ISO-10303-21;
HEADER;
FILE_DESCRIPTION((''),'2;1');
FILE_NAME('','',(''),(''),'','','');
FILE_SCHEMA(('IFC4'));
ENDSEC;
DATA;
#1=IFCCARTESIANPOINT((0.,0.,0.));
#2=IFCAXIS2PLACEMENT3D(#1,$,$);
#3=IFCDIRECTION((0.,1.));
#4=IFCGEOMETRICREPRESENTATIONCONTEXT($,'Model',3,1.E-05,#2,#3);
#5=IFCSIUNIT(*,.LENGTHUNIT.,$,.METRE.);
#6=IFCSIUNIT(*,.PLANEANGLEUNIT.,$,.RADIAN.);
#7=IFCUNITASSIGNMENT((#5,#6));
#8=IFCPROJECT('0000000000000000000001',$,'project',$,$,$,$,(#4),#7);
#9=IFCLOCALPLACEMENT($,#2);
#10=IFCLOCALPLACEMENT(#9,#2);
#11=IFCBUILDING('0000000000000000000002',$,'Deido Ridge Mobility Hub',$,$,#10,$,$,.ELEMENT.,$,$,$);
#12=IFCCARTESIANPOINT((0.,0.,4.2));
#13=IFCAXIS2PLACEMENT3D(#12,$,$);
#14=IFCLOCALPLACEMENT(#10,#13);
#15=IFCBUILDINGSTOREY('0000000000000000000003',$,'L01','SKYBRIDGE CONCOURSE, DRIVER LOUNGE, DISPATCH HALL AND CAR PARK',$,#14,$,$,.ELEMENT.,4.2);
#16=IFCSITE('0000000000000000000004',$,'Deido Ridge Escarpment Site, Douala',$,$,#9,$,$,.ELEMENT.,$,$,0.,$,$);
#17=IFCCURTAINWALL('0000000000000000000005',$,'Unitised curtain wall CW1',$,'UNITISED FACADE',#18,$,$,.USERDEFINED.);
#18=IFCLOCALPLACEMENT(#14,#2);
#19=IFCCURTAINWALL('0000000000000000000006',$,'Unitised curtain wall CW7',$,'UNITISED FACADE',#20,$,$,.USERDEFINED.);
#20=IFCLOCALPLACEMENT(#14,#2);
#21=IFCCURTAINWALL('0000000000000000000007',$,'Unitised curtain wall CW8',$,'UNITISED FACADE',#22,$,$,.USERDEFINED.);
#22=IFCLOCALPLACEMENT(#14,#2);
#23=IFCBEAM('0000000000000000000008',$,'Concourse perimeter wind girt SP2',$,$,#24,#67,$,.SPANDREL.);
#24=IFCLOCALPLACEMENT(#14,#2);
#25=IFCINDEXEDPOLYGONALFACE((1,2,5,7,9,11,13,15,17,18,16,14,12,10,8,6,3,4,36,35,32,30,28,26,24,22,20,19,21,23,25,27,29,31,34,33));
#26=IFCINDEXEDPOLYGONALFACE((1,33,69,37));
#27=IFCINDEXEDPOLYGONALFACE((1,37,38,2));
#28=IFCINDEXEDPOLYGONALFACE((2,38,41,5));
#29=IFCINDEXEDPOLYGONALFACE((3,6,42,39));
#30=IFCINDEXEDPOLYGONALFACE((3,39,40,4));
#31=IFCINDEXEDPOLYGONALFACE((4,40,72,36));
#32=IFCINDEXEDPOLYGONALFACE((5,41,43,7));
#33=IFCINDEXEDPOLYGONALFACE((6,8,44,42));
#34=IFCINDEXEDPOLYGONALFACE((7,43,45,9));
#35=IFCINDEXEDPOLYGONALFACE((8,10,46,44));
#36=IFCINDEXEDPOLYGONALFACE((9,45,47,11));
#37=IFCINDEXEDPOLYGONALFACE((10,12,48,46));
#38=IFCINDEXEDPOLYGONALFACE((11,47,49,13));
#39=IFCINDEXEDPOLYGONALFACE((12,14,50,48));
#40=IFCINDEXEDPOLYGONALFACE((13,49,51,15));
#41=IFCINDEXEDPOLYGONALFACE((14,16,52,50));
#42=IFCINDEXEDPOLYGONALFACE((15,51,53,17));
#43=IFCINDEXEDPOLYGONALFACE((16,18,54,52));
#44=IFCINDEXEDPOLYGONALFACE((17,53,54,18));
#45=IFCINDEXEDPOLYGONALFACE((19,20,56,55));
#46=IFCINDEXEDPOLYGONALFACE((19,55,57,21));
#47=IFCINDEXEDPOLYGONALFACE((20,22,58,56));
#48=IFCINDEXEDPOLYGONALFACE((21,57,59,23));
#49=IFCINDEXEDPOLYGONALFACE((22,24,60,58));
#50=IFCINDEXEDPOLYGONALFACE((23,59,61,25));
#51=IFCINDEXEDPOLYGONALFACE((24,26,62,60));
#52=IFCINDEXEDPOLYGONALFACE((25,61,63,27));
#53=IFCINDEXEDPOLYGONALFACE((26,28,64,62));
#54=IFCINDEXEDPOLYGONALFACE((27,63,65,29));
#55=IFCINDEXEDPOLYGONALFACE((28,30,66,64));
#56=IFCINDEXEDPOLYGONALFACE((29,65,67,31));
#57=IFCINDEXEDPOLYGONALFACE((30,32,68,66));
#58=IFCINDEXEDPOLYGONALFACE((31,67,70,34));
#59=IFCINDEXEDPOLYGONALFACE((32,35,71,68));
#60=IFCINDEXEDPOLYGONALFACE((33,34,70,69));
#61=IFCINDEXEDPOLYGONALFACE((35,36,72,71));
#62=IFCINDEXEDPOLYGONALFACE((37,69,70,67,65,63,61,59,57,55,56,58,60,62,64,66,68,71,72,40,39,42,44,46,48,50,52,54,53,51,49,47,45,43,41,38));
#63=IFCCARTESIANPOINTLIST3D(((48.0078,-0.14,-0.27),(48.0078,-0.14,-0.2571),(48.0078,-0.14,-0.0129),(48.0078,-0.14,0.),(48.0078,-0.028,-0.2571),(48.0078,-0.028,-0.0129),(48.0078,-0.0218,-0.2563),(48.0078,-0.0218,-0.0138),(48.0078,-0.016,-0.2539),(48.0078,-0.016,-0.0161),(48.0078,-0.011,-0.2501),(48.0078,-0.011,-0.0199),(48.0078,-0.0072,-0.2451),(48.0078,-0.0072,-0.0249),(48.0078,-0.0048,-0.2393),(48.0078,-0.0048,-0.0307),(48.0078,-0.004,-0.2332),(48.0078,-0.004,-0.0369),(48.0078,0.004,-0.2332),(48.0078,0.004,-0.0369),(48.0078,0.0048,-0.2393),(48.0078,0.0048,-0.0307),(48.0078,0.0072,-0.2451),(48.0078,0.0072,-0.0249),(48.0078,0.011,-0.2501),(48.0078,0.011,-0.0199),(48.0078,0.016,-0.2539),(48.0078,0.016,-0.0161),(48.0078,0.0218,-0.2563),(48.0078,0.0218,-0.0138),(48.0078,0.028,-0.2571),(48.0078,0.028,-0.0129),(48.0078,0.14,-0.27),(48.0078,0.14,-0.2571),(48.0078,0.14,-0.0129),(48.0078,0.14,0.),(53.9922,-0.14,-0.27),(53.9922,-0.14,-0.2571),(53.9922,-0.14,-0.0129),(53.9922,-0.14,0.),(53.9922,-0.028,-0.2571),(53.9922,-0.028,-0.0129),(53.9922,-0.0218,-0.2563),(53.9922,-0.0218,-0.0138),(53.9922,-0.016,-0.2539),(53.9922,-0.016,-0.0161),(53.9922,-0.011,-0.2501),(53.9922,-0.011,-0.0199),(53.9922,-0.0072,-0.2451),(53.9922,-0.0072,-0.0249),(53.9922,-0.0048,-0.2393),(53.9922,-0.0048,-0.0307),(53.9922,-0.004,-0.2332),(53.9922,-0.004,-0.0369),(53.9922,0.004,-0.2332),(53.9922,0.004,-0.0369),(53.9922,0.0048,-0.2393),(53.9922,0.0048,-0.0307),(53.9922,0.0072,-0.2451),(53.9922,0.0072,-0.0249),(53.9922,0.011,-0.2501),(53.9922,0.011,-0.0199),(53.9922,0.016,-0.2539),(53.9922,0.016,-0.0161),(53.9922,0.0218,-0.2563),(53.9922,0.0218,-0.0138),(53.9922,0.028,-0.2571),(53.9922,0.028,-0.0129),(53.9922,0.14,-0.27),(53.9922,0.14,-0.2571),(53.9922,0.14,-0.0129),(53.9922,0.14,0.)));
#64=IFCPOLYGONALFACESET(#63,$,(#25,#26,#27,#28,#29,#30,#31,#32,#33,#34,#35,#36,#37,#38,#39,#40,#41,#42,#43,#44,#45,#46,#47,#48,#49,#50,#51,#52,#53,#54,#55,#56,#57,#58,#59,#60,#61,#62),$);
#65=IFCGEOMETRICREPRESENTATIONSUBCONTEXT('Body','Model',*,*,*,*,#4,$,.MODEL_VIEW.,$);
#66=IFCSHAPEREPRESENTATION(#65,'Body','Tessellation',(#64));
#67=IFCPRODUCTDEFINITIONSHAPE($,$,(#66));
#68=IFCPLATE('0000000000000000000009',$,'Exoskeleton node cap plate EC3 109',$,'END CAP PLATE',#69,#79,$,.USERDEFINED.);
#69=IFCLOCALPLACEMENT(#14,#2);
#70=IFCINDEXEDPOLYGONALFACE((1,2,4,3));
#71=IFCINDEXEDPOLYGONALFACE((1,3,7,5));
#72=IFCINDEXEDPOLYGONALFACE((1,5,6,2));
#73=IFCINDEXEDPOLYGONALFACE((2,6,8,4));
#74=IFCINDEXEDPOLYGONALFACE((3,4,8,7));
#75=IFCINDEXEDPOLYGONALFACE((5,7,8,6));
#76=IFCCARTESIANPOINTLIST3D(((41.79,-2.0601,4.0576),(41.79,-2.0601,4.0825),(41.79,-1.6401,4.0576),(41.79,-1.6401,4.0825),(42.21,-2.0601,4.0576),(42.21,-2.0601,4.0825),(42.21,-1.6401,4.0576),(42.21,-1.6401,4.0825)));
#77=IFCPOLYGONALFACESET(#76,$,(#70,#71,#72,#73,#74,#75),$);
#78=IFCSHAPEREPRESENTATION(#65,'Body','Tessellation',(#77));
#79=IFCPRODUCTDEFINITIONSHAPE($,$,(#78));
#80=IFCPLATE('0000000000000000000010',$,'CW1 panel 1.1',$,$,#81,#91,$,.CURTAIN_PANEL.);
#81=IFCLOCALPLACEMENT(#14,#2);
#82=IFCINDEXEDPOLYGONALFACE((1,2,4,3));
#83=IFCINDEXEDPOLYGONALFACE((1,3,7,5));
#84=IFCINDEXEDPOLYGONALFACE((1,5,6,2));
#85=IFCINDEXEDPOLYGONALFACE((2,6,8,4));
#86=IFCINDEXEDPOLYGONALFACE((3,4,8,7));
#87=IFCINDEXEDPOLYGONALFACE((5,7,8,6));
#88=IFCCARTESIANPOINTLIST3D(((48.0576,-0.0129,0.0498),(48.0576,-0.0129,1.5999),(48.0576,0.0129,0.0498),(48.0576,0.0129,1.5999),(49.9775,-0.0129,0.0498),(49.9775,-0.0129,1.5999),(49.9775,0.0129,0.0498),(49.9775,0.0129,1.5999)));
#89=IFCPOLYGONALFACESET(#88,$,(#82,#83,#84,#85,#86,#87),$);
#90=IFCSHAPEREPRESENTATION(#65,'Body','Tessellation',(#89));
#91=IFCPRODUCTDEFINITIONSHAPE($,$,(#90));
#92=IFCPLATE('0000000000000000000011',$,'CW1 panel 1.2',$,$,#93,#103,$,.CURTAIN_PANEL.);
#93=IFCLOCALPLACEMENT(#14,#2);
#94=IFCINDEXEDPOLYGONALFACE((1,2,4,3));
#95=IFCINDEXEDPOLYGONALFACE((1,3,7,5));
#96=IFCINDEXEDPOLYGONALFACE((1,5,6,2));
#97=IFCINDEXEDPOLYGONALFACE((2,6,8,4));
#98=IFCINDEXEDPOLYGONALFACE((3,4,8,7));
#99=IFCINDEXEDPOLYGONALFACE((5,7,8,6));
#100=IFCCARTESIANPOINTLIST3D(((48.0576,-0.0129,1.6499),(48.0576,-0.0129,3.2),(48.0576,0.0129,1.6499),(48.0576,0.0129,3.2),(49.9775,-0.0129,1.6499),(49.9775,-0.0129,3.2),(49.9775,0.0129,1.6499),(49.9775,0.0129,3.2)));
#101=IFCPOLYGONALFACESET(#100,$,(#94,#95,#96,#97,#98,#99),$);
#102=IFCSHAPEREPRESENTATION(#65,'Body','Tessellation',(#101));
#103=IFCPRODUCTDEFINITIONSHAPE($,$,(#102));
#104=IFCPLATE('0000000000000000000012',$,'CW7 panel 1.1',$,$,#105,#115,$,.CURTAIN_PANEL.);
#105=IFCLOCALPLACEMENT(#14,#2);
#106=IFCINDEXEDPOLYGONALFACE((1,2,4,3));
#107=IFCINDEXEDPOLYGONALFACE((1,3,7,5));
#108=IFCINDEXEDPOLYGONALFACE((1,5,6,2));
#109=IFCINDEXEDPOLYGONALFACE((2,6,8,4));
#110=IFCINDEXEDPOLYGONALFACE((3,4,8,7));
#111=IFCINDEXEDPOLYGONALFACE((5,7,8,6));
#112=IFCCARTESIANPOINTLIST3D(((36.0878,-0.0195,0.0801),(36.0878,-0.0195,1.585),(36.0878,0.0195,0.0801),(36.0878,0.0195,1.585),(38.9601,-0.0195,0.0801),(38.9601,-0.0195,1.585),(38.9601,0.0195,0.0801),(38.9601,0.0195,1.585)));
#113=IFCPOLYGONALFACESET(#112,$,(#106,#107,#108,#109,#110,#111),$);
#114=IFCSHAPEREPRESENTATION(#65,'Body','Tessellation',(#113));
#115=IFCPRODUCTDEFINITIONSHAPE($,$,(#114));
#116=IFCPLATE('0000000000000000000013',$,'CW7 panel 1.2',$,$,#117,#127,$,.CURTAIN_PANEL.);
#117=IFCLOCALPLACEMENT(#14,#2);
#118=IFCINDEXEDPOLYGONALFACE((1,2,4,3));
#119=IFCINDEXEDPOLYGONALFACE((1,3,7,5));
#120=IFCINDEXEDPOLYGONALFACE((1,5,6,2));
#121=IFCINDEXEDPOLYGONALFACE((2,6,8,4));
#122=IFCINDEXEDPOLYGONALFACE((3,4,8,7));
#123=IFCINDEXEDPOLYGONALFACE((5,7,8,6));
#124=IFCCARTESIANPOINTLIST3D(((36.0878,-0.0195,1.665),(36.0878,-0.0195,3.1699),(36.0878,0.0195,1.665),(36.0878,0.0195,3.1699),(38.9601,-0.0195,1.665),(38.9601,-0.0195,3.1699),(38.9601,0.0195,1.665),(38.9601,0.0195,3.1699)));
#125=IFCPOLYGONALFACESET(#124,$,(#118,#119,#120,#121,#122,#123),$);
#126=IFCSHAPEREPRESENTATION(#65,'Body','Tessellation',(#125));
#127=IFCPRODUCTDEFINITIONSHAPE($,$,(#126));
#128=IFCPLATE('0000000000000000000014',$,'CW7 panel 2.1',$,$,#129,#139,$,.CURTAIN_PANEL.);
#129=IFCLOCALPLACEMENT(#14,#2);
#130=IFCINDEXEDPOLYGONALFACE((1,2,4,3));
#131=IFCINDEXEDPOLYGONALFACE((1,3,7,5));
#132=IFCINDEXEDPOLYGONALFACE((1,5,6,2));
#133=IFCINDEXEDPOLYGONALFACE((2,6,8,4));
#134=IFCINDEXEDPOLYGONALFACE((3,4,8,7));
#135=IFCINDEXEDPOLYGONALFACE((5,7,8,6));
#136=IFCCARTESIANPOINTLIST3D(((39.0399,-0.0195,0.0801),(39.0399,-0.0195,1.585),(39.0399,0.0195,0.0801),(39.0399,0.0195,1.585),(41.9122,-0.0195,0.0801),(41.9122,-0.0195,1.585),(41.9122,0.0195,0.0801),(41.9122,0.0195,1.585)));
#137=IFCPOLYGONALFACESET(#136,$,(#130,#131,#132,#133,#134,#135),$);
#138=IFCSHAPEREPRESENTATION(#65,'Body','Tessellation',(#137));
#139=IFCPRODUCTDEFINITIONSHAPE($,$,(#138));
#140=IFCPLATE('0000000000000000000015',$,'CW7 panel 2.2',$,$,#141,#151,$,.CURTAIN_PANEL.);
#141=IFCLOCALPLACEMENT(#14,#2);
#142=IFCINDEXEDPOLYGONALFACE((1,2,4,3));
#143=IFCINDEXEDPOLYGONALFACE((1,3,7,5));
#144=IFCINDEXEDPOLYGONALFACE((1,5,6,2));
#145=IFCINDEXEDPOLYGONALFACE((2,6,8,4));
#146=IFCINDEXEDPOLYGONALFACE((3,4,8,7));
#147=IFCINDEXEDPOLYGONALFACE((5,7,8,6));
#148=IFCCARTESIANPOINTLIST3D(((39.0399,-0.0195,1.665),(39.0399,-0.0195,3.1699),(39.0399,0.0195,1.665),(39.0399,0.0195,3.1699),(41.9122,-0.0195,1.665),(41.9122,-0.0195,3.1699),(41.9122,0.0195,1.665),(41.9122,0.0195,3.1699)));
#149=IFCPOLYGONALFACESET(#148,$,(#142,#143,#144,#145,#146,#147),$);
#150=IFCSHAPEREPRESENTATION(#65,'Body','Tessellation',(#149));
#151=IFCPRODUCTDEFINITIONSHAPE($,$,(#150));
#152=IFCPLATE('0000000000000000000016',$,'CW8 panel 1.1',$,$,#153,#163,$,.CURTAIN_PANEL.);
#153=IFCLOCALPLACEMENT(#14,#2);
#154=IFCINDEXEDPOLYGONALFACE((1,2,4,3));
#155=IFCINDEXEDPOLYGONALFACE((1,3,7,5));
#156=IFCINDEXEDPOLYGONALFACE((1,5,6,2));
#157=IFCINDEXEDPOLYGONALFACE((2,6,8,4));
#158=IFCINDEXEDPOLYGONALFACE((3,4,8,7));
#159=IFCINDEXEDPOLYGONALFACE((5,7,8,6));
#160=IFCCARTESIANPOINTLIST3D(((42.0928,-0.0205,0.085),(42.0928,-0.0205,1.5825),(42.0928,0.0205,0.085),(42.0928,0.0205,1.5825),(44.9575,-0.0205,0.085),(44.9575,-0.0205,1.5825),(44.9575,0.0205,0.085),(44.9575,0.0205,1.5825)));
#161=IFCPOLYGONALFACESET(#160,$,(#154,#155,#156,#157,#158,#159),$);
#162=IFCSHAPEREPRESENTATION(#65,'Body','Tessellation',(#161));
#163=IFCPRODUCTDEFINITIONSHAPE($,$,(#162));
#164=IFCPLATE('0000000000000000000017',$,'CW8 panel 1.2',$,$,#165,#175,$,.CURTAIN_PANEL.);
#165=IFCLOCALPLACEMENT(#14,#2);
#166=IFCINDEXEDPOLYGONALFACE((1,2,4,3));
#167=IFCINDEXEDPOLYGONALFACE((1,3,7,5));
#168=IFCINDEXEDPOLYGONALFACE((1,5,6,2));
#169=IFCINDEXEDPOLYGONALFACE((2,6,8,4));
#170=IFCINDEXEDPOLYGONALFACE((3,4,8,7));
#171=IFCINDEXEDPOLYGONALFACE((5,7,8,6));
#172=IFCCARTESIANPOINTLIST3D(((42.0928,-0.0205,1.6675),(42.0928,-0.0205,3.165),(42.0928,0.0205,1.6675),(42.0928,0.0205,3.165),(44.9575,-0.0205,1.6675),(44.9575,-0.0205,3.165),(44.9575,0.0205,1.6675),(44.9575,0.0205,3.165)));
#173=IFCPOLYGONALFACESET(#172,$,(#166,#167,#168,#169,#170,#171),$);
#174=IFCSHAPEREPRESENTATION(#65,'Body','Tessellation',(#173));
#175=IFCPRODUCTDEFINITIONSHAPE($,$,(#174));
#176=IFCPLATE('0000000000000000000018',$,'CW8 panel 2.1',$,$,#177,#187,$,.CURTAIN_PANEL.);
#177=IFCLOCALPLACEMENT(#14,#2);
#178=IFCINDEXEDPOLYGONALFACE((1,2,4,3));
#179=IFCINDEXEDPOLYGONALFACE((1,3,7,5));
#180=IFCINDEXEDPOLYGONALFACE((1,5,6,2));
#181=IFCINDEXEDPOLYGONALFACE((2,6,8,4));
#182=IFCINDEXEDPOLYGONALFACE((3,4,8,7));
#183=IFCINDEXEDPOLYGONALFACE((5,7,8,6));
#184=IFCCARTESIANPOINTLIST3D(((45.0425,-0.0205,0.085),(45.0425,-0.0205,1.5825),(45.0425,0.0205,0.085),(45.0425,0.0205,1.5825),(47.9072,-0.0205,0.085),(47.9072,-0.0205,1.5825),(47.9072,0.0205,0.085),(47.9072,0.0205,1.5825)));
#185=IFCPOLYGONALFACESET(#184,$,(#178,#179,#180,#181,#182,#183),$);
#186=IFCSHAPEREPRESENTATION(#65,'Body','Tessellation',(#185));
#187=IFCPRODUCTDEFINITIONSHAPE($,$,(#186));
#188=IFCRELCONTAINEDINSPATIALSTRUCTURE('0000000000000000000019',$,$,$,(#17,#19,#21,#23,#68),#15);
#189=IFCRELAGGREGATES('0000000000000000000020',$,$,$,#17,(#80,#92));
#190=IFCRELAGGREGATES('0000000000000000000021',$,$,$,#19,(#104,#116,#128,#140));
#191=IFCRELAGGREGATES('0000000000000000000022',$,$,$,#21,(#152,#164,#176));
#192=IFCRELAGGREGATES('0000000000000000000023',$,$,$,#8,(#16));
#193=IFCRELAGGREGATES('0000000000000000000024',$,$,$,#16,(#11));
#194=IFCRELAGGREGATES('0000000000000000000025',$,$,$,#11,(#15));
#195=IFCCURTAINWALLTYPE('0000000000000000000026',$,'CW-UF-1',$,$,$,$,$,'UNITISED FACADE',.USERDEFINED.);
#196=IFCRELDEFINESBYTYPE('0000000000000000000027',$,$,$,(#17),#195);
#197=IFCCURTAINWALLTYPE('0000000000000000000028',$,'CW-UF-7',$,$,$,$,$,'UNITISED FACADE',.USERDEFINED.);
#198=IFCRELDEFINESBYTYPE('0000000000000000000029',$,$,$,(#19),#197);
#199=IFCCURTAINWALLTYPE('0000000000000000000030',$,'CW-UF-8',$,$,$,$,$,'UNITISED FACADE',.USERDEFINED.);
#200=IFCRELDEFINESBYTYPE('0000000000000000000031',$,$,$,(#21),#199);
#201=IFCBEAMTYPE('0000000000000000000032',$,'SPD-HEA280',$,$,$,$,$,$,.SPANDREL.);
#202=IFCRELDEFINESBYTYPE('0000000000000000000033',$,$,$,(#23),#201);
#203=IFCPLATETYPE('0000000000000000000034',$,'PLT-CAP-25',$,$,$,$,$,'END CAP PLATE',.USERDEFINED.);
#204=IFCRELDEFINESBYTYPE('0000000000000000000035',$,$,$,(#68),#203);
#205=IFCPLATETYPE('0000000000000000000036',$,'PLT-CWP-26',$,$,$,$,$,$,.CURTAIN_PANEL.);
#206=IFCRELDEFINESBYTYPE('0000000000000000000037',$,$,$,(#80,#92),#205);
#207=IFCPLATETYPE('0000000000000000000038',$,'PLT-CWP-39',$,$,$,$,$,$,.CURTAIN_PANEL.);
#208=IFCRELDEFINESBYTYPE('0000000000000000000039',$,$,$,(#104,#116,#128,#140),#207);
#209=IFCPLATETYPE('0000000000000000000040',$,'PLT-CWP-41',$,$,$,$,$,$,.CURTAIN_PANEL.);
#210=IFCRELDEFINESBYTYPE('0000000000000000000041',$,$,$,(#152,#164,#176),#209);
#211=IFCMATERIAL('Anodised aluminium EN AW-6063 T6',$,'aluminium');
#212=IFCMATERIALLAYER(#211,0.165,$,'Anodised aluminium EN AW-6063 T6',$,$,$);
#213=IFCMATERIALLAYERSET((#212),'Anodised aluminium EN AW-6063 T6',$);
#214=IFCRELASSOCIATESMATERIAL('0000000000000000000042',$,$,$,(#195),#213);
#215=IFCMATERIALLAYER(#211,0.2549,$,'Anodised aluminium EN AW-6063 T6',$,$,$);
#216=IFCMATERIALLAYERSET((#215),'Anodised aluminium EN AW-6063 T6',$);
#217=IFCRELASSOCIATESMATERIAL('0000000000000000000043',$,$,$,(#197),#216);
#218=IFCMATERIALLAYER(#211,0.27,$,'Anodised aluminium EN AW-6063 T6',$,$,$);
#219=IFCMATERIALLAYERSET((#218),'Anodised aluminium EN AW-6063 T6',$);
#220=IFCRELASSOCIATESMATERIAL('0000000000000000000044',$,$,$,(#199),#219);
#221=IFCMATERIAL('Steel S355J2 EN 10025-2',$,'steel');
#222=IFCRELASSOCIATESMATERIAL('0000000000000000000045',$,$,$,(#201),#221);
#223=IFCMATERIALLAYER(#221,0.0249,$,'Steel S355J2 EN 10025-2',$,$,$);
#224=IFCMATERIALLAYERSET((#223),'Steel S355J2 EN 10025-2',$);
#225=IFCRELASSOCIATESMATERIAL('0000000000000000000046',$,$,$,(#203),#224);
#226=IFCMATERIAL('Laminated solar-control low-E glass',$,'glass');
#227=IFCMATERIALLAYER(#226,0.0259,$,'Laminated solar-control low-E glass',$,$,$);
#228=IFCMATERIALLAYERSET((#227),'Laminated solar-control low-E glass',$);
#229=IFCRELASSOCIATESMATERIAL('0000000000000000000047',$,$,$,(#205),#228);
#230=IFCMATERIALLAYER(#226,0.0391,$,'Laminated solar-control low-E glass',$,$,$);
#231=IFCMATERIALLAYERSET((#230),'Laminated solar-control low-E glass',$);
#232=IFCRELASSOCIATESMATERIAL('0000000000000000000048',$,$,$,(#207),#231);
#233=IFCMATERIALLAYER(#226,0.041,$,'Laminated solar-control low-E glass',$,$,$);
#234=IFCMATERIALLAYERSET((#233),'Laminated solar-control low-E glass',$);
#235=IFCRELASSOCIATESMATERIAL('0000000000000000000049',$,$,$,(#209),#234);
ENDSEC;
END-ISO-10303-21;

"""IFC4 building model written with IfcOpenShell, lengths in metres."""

from ifc_helpers import new_model, si_unit, direction, frame, origin, origin_2d, place, context, subcontext, project, spatial, rectangle, i_section, extrude, material, layer, layer_set, material_profile, profile_set, type_object, element, aggregate, save


model = new_model("IFC4")

# Units and contexts
model_context = context("Model", 3, precision=1e-05, world=origin(), true_north=direction((0.0, 1.0)))
body_context = subcontext(model_context, "Body", "Model", "MODEL_VIEW")
ifc_project = project(units=[si_unit("LENGTHUNIT", "METRE"), si_unit("PLANEANGLEUNIT", "RADIAN")], contexts=[model_context])

# Site, building, storey
site_placement = place(None, origin())
site = spatial("IfcSite", under=ifc_project, at=site_placement, Name="Deido Ridge Escarpment Site, Douala", CompositionType="ELEMENT", RefElevation=0.0)
building_placement = place(site_placement, origin())
building = spatial("IfcBuilding", under=site, at=building_placement, Name="Deido Ridge Mobility Hub", CompositionType="ELEMENT")
storey_placement = place(building_placement, frame((0.0, 0.0, 4.2)))
storey = spatial("IfcBuildingStorey", under=building, at=storey_placement, Name="L01", Description="SKYBRIDGE CONCOURSE, DRIVER LOUNGE, DISPATCH HALL AND CAR PARK", CompositionType="ELEMENT", Elevation=4.2)

# Shared definitions
ifc_material_1 = material(Name="Steel S355J2 EN 10025-2", Category="steel")

# Curtain walls
ifc_material_2 = material(Name="Anodised aluminium EN AW-6063 T6", Category="aluminium")
ifc_layer_1 = layer(ifc_material_2, 0.165, Name="Anodised aluminium EN AW-6063 T6")
ifc_layer_set_1 = layer_set([ifc_layer_1], Name="Anodised aluminium EN AW-6063 T6")
curtain_wall_type_1 = type_object("IfcCurtainWallType", Name="CW-UF-1", ElementType="UNITISED FACADE", PredefinedType="USERDEFINED", material=ifc_layer_set_1)
curtain_wall_1_placement = place(storey_placement, origin())
curtain_wall_1 = element("IfcCurtainWall", 1, at=curtain_wall_1_placement, inside=storey, type_object=curtain_wall_type_1, Name="Unitised curtain wall CW1", ObjectType="UNITISED FACADE", PredefinedType="USERDEFINED")
ifc_layer_2 = layer(ifc_material_2, 0.2549, Name="Anodised aluminium EN AW-6063 T6")
ifc_layer_set_2 = layer_set([ifc_layer_2], Name="Anodised aluminium EN AW-6063 T6")
curtain_wall_type_2 = type_object("IfcCurtainWallType", Name="CW-UF-7", ElementType="UNITISED FACADE", PredefinedType="USERDEFINED", material=ifc_layer_set_2)
curtain_wall_2_placement = place(storey_placement, origin())
curtain_wall_2 = element("IfcCurtainWall", 2, at=curtain_wall_2_placement, inside=storey, type_object=curtain_wall_type_2, Name="Unitised curtain wall CW7", ObjectType="UNITISED FACADE", PredefinedType="USERDEFINED")
ifc_layer_3 = layer(ifc_material_2, 0.27, Name="Anodised aluminium EN AW-6063 T6")
ifc_layer_set_3 = layer_set([ifc_layer_3], Name="Anodised aluminium EN AW-6063 T6")
curtain_wall_type_3 = type_object("IfcCurtainWallType", Name="CW-UF-8", ElementType="UNITISED FACADE", PredefinedType="USERDEFINED", material=ifc_layer_set_3)
curtain_wall_3_placement = place(storey_placement, origin())
curtain_wall_3 = element("IfcCurtainWall", 3, at=curtain_wall_3_placement, inside=storey, type_object=curtain_wall_type_3, Name="Unitised curtain wall CW8", ObjectType="UNITISED FACADE", PredefinedType="USERDEFINED")

# Beam
ifc_material_profile_1 = material_profile(ifc_material_1, i_section(OverallWidth=0.28, OverallDepth=0.27, WebThickness=0.0081, FlangeThickness=0.0129, FilletRadius=0.0239, at=origin_2d()), Name="HEA 280")
ifc_profile_set_1 = profile_set([ifc_material_profile_1], Name="Steel S355J2 EN 10025-2")
beam_type = type_object("IfcBeamType", Name="SPD-HEA280", PredefinedType="SPANDREL", material=ifc_profile_set_1)
for number, where, z_axis, x_axis, name in (
    (4, (48.0078, 0.0, -0.135), (1.0, 0.0, 0.0), (0.0, 1.0, 0.0), "Concourse perimeter wind girt SP2"),
):
    element("IfcBeam", number, at=place(storey_placement, frame(where, z_axis=z_axis, x_axis=x_axis)), inside=storey, type_object=beam_type, Name=name, PredefinedType="SPANDREL", context=body_context, shape_type="SweptSolid", body=[
        extrude(i_section(OverallWidth=0.28, OverallDepth=0.27, WebThickness=0.0081, FlangeThickness=0.0129, FilletRadius=0.0239, at=origin_2d()), origin(), (0.0, 0.0, 1.0), 5.9844),
    ])

# Plates
ifc_layer_4 = layer(ifc_material_1, 0.0249, Name="Steel S355J2 EN 10025-2")
ifc_layer_set_4 = layer_set([ifc_layer_4], Name="Steel S355J2 EN 10025-2")
plate_type_1 = type_object("IfcPlateType", Name="PLT-CAP-25", ElementType="END CAP PLATE", PredefinedType="USERDEFINED", material=ifc_layer_set_4)
plate_1_placement = place(storey_placement, frame((42.0, -1.8501, 4.0576), z_axis=(0.0, 0.0, 1.0), x_axis=(1.0, 0.0, 0.0)))
element("IfcPlate", 5, at=plate_1_placement, inside=storey, type_object=plate_type_1, Name="Exoskeleton node cap plate EC3 109", ObjectType="END CAP PLATE", PredefinedType="USERDEFINED", context=body_context, shape_type="SweptSolid", body=[
    extrude(rectangle(XDim=0.4199, YDim=0.4199, at=origin_2d()), origin(), (0.0, 0.0, 1.0), 0.0249),
])
ifc_material_3 = material(Name="Laminated solar-control low-E glass", Category="glass")
ifc_layer_5 = layer(ifc_material_3, 0.0259, Name="Laminated solar-control low-E glass")
ifc_layer_set_5 = layer_set([ifc_layer_5], Name="Laminated solar-control low-E glass")
plate_type_2 = type_object("IfcPlateType", Name="PLT-CWP-26", PredefinedType="CURTAIN_PANEL", material=ifc_layer_set_5)
plate_2_placement = place(storey_placement, frame((49.0176, 0.0, 0.0498), z_axis=(0.0, 0.0, 1.0), x_axis=(1.0, 0.0, 0.0)))
plate_2 = element("IfcPlate", 6, at=plate_2_placement, type_object=plate_type_2, Name="CW1 panel 1.1", PredefinedType="CURTAIN_PANEL", context=body_context, shape_type="SweptSolid", body=[
    extrude(rectangle(XDim=1.9199, YDim=0.0259, at=origin_2d()), origin(), (0.0, 0.0, 1.0), 1.55),
])
plate_3_placement = place(storey_placement, frame((49.0176, 0.0, 1.6499), z_axis=(0.0, 0.0, 1.0), x_axis=(1.0, 0.0, 0.0)))
plate_3 = element("IfcPlate", 7, at=plate_3_placement, type_object=plate_type_2, Name="CW1 panel 1.2", PredefinedType="CURTAIN_PANEL", context=body_context, shape_type="SweptSolid", body=[
    extrude(rectangle(XDim=1.9199, YDim=0.0259, at=origin_2d()), origin(), (0.0, 0.0, 1.0), 1.55),
])
aggregate(curtain_wall_1, [plate_2, plate_3])
ifc_layer_6 = layer(ifc_material_3, 0.0391, Name="Laminated solar-control low-E glass")
ifc_layer_set_6 = layer_set([ifc_layer_6], Name="Laminated solar-control low-E glass")
plate_type_3 = type_object("IfcPlateType", Name="PLT-CWP-39", PredefinedType="CURTAIN_PANEL", material=ifc_layer_set_6)
plate_4_placement = place(storey_placement, frame((37.5239, 0.0, 0.0801), z_axis=(0.0, 0.0, 1.0), x_axis=(1.0, 0.0, 0.0)))
plate_4 = element("IfcPlate", 8, at=plate_4_placement, type_object=plate_type_3, Name="CW7 panel 1.1", PredefinedType="CURTAIN_PANEL", context=body_context, shape_type="SweptSolid", body=[
    extrude(rectangle(XDim=2.8723, YDim=0.0391, at=origin_2d()), origin(), (0.0, 0.0, 1.0), 1.5049),
])
plate_5_placement = place(storey_placement, frame((37.5239, 0.0, 1.665), z_axis=(0.0, 0.0, 1.0), x_axis=(1.0, 0.0, 0.0)))
plate_5 = element("IfcPlate", 9, at=plate_5_placement, type_object=plate_type_3, Name="CW7 panel 1.2", PredefinedType="CURTAIN_PANEL", context=body_context, shape_type="SweptSolid", body=[
    extrude(rectangle(XDim=2.8723, YDim=0.0391, at=origin_2d()), origin(), (0.0, 0.0, 1.0), 1.5049),
])
plate_6_placement = place(storey_placement, frame((40.4761, 0.0, 0.0801), z_axis=(0.0, 0.0, 1.0), x_axis=(1.0, 0.0, 0.0)))
plate_6 = element("IfcPlate", 10, at=plate_6_placement, type_object=plate_type_3, Name="CW7 panel 2.1", PredefinedType="CURTAIN_PANEL", context=body_context, shape_type="SweptSolid", body=[
    extrude(rectangle(XDim=2.8723, YDim=0.0391, at=origin_2d()), origin(), (0.0, 0.0, 1.0), 1.5049),
])
plate_7_placement = place(storey_placement, frame((40.4761, 0.0, 1.665), z_axis=(0.0, 0.0, 1.0), x_axis=(1.0, 0.0, 0.0)))
plate_7 = element("IfcPlate", 11, at=plate_7_placement, type_object=plate_type_3, Name="CW7 panel 2.2", PredefinedType="CURTAIN_PANEL", context=body_context, shape_type="SweptSolid", body=[
    extrude(rectangle(XDim=2.8723, YDim=0.0391, at=origin_2d()), origin(), (0.0, 0.0, 1.0), 1.5049),
])
aggregate(curtain_wall_2, [plate_4, plate_5, plate_6, plate_7])
ifc_layer_7 = layer(ifc_material_3, 0.041, Name="Laminated solar-control low-E glass")
ifc_layer_set_7 = layer_set([ifc_layer_7], Name="Laminated solar-control low-E glass")
plate_type_4 = type_object("IfcPlateType", Name="PLT-CWP-41", PredefinedType="CURTAIN_PANEL", material=ifc_layer_set_7)
plate_8_placement = place(storey_placement, frame((43.5251, 0.0, 0.085), z_axis=(0.0, 0.0, 1.0), x_axis=(1.0, 0.0, 0.0)))
plate_8 = element("IfcPlate", 12, at=plate_8_placement, type_object=plate_type_4, Name="CW8 panel 1.1", PredefinedType="CURTAIN_PANEL", context=body_context, shape_type="SweptSolid", body=[
    extrude(rectangle(XDim=2.8647, YDim=0.041, at=origin_2d()), origin(), (0.0, 0.0, 1.0), 1.4976),
])
plate_9_placement = place(storey_placement, frame((43.5251, 0.0, 1.6675), z_axis=(0.0, 0.0, 1.0), x_axis=(1.0, 0.0, 0.0)))
plate_9 = element("IfcPlate", 13, at=plate_9_placement, type_object=plate_type_4, Name="CW8 panel 1.2", PredefinedType="CURTAIN_PANEL", context=body_context, shape_type="SweptSolid", body=[
    extrude(rectangle(XDim=2.8647, YDim=0.041, at=origin_2d()), origin(), (0.0, 0.0, 1.0), 1.4976),
])
plate_10_placement = place(storey_placement, frame((46.4749, 0.0, 0.085), z_axis=(0.0, 0.0, 1.0), x_axis=(1.0, 0.0, 0.0)))
plate_10 = element("IfcPlate", 14, at=plate_10_placement, type_object=plate_type_4, Name="CW8 panel 2.1", PredefinedType="CURTAIN_PANEL", context=body_context, shape_type="SweptSolid", body=[
    extrude(rectangle(XDim=2.8647, YDim=0.041, at=origin_2d()), origin(), (0.0, 0.0, 1.0), 1.4976),
])
aggregate(curtain_wall_3, [plate_8, plate_9, plate_10])

save(model, "model.ifc")
